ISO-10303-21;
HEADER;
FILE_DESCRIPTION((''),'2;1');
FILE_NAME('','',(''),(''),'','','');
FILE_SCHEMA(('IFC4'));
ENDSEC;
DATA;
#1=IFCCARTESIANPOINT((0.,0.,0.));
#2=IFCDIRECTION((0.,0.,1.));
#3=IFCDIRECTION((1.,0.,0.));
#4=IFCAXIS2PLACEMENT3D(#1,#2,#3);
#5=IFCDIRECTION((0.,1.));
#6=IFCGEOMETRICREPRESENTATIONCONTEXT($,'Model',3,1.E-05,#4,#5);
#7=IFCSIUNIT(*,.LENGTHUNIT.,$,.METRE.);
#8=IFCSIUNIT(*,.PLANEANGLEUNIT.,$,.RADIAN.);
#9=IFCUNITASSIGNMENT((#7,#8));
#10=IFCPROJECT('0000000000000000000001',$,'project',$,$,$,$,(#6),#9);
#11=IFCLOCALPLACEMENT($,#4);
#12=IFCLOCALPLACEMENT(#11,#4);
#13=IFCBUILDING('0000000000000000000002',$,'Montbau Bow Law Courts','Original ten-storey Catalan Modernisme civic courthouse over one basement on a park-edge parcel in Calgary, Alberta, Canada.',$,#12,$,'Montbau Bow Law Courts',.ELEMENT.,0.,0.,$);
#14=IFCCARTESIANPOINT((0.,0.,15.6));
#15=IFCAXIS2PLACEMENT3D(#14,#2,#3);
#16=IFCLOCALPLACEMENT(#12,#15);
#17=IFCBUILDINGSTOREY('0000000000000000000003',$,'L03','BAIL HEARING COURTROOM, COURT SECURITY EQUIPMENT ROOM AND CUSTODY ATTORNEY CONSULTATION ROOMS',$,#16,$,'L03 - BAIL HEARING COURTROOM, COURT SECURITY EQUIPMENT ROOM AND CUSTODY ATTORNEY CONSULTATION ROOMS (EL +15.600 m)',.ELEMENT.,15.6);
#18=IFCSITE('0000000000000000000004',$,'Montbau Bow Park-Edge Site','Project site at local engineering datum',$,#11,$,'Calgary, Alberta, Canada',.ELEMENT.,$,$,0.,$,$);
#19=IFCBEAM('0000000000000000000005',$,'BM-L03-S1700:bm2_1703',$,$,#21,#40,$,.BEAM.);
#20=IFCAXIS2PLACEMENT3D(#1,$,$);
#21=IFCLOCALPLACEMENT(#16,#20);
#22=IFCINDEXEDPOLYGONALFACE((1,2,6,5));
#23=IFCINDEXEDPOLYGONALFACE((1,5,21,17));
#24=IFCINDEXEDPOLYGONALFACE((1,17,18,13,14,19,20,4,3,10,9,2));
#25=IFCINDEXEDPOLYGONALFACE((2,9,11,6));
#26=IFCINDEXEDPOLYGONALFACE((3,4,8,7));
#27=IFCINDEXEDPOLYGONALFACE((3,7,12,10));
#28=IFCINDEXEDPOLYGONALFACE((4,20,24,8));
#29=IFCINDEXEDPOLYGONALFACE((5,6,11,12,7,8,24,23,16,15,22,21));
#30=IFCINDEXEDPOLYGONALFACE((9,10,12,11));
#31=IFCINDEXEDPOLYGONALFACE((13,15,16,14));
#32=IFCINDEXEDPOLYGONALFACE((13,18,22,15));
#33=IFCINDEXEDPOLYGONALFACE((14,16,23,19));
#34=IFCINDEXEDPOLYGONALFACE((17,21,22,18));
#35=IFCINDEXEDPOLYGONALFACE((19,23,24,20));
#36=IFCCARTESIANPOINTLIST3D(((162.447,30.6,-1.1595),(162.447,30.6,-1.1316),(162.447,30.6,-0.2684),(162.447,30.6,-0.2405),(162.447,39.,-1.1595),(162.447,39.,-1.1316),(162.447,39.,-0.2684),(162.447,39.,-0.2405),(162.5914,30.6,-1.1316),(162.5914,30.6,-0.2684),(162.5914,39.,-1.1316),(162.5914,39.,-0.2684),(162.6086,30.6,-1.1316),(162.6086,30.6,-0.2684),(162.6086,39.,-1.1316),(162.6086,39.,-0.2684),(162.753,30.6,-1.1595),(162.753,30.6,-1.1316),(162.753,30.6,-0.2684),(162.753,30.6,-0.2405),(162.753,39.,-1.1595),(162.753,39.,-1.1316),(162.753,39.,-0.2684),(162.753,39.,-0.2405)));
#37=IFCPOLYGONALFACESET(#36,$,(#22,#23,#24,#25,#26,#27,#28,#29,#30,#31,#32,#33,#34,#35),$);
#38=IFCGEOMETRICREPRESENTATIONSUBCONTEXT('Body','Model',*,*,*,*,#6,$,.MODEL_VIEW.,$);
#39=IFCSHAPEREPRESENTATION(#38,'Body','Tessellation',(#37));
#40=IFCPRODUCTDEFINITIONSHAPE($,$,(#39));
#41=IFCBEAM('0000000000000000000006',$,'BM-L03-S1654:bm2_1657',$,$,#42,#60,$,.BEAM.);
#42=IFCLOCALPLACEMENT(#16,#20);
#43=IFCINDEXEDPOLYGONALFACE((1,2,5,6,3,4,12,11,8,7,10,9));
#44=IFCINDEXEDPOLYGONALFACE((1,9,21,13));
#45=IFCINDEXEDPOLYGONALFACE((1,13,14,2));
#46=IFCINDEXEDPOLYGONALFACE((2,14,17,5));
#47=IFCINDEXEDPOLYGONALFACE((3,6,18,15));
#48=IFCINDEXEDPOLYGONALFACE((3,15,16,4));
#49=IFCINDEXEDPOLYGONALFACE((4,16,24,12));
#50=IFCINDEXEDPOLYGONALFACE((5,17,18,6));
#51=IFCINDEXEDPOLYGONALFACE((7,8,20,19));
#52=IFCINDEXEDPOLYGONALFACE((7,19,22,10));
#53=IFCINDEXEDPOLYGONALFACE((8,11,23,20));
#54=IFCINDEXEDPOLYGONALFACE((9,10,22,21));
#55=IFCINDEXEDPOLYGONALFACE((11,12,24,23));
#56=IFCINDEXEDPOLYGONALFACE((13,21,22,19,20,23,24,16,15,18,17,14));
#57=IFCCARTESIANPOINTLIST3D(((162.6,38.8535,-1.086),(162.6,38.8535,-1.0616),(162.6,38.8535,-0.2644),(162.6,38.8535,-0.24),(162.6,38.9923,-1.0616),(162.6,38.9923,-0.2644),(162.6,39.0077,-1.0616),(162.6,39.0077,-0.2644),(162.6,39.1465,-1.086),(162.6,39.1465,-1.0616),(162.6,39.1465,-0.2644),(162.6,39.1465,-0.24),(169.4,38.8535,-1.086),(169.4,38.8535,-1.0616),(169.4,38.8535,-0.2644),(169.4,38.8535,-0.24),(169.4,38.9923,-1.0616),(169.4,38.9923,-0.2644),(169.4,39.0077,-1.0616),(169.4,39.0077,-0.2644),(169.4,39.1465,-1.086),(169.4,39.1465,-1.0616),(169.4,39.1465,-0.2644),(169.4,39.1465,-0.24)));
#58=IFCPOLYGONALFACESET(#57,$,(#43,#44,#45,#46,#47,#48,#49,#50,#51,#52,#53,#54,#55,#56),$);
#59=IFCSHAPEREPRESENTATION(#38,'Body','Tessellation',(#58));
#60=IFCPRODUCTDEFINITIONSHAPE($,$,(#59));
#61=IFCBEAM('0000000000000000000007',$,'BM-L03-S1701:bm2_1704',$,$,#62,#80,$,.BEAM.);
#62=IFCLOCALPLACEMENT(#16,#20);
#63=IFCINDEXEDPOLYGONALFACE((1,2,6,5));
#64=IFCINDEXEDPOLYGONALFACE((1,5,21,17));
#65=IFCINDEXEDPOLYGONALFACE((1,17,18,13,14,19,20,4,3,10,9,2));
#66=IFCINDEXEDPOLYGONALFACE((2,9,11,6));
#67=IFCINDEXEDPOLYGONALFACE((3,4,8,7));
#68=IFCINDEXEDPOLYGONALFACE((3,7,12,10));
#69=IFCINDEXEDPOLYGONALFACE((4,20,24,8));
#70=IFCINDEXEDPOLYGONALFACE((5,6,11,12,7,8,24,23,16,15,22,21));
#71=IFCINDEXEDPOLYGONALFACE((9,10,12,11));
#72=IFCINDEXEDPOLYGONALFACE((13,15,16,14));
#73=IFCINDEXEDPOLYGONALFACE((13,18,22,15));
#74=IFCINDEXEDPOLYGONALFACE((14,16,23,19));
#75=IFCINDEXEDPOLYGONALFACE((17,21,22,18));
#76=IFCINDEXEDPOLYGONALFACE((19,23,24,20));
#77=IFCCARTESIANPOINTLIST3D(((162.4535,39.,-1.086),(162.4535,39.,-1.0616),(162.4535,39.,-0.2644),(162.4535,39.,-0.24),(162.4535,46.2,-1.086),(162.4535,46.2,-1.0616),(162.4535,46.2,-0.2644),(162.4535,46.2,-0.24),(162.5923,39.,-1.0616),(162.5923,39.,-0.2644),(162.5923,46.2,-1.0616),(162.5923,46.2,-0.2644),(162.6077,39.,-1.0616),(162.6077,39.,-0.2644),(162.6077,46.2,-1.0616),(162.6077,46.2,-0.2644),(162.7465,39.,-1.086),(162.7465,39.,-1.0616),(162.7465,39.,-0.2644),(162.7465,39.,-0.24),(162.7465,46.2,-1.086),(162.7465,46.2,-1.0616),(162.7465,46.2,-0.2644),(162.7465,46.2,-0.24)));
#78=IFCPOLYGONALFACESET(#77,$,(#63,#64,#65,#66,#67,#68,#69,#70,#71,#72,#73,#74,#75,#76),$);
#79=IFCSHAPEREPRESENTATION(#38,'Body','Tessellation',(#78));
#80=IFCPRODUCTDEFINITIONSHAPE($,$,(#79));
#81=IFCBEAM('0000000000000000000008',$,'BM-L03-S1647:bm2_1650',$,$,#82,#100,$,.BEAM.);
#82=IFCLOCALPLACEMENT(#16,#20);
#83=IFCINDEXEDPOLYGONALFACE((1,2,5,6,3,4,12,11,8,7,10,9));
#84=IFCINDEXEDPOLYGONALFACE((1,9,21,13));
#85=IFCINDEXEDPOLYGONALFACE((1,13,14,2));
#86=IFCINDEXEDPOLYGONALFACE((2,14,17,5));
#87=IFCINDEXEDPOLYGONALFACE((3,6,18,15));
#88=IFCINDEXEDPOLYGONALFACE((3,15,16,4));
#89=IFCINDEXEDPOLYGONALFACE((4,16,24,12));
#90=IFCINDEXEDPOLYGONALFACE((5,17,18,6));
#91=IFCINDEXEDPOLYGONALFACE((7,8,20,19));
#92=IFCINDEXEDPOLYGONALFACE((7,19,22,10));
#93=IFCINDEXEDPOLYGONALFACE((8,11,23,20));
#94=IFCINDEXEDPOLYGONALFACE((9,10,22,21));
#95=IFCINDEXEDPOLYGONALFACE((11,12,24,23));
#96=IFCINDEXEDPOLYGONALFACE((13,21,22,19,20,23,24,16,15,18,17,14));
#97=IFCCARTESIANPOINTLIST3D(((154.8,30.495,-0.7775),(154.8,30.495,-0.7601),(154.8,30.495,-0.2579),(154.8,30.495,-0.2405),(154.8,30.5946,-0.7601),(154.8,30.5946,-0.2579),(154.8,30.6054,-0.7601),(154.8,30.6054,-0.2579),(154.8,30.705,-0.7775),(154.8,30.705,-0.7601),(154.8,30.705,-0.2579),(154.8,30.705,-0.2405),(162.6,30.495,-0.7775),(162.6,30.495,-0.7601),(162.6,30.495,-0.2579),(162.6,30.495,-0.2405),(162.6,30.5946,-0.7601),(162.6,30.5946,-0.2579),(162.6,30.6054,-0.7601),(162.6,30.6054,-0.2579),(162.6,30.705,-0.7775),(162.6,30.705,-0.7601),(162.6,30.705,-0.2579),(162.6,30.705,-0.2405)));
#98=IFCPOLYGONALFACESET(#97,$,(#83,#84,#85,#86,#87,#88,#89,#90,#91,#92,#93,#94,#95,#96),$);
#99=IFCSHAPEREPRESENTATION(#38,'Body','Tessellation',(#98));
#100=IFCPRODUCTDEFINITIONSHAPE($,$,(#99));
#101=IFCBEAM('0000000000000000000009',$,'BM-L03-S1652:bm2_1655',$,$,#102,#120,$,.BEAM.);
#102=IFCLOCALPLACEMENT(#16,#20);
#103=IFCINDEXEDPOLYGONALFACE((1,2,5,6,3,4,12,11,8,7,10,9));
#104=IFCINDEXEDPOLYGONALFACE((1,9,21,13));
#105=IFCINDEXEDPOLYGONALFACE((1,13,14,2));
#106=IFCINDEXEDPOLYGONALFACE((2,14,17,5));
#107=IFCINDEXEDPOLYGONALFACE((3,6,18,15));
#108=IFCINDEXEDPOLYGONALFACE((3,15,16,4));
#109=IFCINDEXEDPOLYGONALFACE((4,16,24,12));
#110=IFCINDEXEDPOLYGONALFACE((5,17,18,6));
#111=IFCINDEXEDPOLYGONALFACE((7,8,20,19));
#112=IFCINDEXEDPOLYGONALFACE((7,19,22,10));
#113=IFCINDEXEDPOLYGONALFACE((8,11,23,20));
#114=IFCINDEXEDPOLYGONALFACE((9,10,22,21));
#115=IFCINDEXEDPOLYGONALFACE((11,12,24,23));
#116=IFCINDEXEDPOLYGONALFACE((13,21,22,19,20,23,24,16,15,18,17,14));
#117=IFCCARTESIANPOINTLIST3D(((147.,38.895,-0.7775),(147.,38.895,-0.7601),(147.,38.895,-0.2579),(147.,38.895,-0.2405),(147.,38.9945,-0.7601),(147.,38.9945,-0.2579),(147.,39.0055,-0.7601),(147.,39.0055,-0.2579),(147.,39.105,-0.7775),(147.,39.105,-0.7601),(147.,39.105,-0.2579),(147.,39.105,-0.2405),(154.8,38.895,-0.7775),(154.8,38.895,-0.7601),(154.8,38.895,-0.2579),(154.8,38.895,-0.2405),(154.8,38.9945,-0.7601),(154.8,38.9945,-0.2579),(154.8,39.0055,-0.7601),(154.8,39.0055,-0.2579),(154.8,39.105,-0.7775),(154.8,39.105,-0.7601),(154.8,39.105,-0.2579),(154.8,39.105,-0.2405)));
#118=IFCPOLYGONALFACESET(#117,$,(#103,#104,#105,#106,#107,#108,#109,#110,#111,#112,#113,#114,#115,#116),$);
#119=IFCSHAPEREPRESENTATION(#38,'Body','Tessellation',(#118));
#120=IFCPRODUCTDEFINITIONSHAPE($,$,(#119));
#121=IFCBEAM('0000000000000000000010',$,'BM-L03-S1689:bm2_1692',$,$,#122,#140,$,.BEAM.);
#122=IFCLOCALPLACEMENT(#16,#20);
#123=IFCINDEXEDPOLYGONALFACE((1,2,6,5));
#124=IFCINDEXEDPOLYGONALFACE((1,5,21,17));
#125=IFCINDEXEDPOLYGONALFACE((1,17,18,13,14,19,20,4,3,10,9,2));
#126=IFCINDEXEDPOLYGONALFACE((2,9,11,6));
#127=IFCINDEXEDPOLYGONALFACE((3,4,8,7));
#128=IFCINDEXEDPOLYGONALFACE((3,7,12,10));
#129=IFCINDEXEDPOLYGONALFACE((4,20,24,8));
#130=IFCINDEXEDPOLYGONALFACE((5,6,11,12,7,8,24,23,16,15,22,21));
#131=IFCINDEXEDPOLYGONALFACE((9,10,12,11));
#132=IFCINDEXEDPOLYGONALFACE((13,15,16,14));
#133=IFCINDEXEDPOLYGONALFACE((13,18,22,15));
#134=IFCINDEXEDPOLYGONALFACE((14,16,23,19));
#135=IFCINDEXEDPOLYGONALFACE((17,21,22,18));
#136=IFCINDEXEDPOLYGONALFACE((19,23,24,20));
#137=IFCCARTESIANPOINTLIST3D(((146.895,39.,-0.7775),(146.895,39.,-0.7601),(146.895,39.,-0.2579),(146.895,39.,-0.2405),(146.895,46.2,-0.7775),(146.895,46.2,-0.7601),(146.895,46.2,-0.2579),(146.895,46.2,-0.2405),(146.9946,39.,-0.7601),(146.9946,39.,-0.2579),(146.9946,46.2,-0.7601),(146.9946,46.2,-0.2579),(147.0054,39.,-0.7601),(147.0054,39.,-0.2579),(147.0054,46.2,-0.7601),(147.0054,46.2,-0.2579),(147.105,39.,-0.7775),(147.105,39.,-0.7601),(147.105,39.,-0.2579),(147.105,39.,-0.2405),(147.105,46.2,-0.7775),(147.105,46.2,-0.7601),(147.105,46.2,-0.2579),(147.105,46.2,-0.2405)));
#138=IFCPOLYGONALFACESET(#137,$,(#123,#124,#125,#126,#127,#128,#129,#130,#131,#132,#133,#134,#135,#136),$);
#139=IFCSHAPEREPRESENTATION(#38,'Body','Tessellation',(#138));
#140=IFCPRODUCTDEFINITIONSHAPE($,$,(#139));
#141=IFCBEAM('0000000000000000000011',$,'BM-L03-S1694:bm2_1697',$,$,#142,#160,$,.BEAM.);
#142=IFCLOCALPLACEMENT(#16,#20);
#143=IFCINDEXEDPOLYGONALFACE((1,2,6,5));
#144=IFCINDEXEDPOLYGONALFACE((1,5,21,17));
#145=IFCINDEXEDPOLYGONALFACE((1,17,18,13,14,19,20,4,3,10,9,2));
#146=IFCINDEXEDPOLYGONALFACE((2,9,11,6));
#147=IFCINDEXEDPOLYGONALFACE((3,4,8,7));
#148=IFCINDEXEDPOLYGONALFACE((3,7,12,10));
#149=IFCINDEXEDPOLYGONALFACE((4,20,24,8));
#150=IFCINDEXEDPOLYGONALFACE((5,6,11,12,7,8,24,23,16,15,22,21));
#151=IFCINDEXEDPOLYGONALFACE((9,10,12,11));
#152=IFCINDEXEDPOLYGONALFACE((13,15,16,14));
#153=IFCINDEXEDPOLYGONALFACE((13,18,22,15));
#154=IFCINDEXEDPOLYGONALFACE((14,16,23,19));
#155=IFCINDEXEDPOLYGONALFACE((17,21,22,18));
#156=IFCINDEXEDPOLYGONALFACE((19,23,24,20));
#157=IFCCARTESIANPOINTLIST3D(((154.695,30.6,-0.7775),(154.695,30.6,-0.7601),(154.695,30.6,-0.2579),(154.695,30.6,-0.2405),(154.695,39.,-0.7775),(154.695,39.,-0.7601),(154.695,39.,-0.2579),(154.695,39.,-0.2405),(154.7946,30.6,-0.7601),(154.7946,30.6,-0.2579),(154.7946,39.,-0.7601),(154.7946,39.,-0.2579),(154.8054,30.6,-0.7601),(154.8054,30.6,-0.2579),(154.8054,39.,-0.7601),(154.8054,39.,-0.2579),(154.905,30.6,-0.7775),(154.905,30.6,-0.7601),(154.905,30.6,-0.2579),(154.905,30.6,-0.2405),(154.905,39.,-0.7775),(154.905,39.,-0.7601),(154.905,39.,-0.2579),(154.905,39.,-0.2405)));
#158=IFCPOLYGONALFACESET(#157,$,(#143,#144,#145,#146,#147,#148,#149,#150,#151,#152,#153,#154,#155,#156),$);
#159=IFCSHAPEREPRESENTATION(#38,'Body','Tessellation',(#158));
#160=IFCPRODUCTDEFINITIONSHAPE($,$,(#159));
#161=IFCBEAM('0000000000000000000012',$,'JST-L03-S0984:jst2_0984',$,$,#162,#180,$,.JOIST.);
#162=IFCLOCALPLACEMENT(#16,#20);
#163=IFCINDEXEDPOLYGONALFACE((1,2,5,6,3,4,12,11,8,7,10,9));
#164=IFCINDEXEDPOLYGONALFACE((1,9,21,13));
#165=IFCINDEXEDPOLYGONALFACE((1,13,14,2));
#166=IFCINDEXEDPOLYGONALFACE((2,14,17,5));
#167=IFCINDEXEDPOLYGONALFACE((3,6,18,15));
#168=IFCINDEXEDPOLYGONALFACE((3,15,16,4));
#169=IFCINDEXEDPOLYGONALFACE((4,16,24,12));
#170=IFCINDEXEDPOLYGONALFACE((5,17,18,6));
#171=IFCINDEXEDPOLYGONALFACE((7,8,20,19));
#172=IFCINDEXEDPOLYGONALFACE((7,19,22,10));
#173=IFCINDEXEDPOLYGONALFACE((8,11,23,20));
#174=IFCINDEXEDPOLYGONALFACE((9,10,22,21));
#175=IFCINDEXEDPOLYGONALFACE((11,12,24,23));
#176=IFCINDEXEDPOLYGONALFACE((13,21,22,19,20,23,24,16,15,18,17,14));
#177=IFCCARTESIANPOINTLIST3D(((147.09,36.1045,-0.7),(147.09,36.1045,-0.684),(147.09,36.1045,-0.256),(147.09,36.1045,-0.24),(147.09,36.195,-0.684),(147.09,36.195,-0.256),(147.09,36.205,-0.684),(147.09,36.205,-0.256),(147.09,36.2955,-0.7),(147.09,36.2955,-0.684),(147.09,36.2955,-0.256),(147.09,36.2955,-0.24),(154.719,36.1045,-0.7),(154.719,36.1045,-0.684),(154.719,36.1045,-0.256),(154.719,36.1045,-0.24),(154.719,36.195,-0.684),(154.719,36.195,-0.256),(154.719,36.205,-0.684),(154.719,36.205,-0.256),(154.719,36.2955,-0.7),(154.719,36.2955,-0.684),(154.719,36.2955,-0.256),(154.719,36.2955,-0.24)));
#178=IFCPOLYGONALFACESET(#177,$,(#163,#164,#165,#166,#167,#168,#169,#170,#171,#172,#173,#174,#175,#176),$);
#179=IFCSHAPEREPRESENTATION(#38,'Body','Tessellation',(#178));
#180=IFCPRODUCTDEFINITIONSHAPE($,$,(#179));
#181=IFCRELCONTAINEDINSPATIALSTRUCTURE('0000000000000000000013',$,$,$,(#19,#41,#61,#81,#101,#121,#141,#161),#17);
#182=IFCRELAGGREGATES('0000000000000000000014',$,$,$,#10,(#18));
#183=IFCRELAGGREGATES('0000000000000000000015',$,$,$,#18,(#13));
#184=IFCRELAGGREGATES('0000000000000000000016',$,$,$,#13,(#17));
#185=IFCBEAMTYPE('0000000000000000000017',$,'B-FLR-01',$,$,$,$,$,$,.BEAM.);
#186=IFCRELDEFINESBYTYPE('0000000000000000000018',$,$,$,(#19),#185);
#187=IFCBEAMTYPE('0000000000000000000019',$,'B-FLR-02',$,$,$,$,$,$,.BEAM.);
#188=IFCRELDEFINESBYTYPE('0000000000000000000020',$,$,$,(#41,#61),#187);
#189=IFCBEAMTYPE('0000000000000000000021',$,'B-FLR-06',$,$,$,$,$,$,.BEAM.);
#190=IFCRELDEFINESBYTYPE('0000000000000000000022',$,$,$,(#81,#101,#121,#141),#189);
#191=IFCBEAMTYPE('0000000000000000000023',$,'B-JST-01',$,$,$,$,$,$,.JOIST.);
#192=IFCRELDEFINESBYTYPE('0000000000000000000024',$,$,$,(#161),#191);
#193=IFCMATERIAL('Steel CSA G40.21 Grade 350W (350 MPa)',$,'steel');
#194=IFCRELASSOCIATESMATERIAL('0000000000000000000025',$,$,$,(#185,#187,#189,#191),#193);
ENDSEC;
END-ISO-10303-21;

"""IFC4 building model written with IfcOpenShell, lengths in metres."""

from ifc_helpers import new_model, si_unit, direction, frame, origin_with_axes, origin_2d_with_axis, place, context, subcontext, project, spatial, i_section, extrude, material, material_profile, profile_set, type_object, element, save


model = new_model("IFC4")

# Units and contexts
model_context = context("Model", 3, precision=1e-05, world=origin_with_axes(), true_north=direction((0.0, 1.0)))
body_context = subcontext(model_context, "Body", "Model", "MODEL_VIEW")
ifc_project = project(units=[si_unit("LENGTHUNIT", "METRE"), si_unit("PLANEANGLEUNIT", "RADIAN")], contexts=[model_context])

# Site, building, storey
site_placement = place(None, origin_with_axes())
site = spatial("IfcSite", under=ifc_project, at=site_placement, Name="Montbau Bow Park-Edge Site", Description="Project site at local engineering datum", LongName="Calgary, Alberta, Canada", CompositionType="ELEMENT", RefElevation=0.0)
building_placement = place(site_placement, origin_with_axes())
building = spatial("IfcBuilding", under=site, at=building_placement, Name="Montbau Bow Law Courts", Description="Original ten-storey Catalan Modernisme civic courthouse over one basement on a park-edge parcel in Calgary, Alberta, Canada.", LongName="Montbau Bow Law Courts", CompositionType="ELEMENT", ElevationOfRefHeight=0.0, ElevationOfTerrain=0.0)
storey_placement = place(building_placement, frame((0.0, 0.0, 15.6), z_axis=(0.0, 0.0, 1.0), x_axis=(1.0, 0.0, 0.0)))
storey = spatial("IfcBuildingStorey", under=building, at=storey_placement, Name="L03", Description="BAIL HEARING COURTROOM, COURT SECURITY EQUIPMENT ROOM AND CUSTODY ATTORNEY CONSULTATION ROOMS", LongName="L03 - BAIL HEARING COURTROOM, COURT SECURITY EQUIPMENT ROOM AND CUSTODY ATTORNEY CONSULTATION ROOMS (EL +15.600 m)", CompositionType="ELEMENT", Elevation=15.6)

# Shared definitions
ifc_material_1 = material(Name="Steel CSA G40.21 Grade 350W (350 MPa)", Category="steel")

# Beams
ifc_material_profile_1 = material_profile(ifc_material_1, i_section(OverallWidth=0.306, OverallDepth=0.919, WebThickness=0.0173, FlangeThickness=0.0279, at=origin_2d_with_axis()), Name="W920X253", Category="Main", Priority=0)
ifc_profile_set_1 = profile_set([ifc_material_profile_1], Name="Steel CSA G40.21 Grade 350W (350 MPa)")
beam_type_1 = type_object("IfcBeamType", Name="B-FLR-01", PredefinedType="BEAM", material=ifc_profile_set_1)
beam_1_placement = place(None, frame((162.6, 30.6, 14.9), z_axis=(0.0, 1.0, 0.0), x_axis=(-1.0, 0.0, 0.0)))
element("IfcBeam", 1, at=beam_1_placement, inside=storey, type_object=beam_type_1, Name="BM-L03-S1700:bm2_1703", PredefinedType="BEAM", context=body_context, shape_type="SweptSolid", body=[
    extrude(i_section(OverallWidth=0.306, OverallDepth=0.919, WebThickness=0.0173, FlangeThickness=0.0279, at=origin_2d_with_axis()), origin_with_axes(), (0.0, 0.0, 1.0), 8.4),
])
ifc_material_profile_2 = material_profile(ifc_material_1, i_section(OverallWidth=0.293, OverallDepth=0.846, WebThickness=0.0154, FlangeThickness=0.0244, at=origin_2d_with_axis()), Name="W840X210", Category="Main", Priority=0)
ifc_profile_set_2 = profile_set([ifc_material_profile_2], Name="Steel CSA G40.21 Grade 350W (350 MPa)")
beam_type_2 = type_object("IfcBeamType", Name="B-FLR-02", PredefinedType="BEAM", material=ifc_profile_set_2)
beam_2_placement = place(None, frame((162.6, 39.0, 14.937), z_axis=(1.0, 0.0, 0.0), x_axis=(0.0, 1.0, 0.0)))
element("IfcBeam", 2, at=beam_2_placement, inside=storey, type_object=beam_type_2, Name="BM-L03-S1654:bm2_1657", PredefinedType="BEAM", context=body_context, shape_type="SweptSolid", body=[
    extrude(i_section(OverallWidth=0.293, OverallDepth=0.846, WebThickness=0.0154, FlangeThickness=0.0244, at=origin_2d_with_axis()), origin_with_axes(), (0.0, 0.0, 1.0), 6.8),
])
beam_3_placement = place(None, frame((162.6, 39.0, 14.937), z_axis=(0.0, 1.0, 0.0), x_axis=(-1.0, 0.0, 0.0)))
element("IfcBeam", 3, at=beam_3_placement, inside=storey, type_object=beam_type_2, Name="BM-L03-S1701:bm2_1704", PredefinedType="BEAM", context=body_context, shape_type="SweptSolid", body=[
    extrude(i_section(OverallWidth=0.293, OverallDepth=0.846, WebThickness=0.0154, FlangeThickness=0.0244, at=origin_2d_with_axis()), origin_with_axes(), (0.0, 0.0, 1.0), 7.2),
])
ifc_material_profile_3 = material_profile(ifc_material_1, i_section(OverallWidth=0.21, OverallDepth=0.537, WebThickness=0.0109, FlangeThickness=0.0174, at=origin_2d_with_axis()), Name="W530X101", Category="Main", Priority=0)
ifc_profile_set_3 = profile_set([ifc_material_profile_3], Name="Steel CSA G40.21 Grade 350W (350 MPa)")
beam_type_3 = type_object("IfcBeamType", Name="B-FLR-06", PredefinedType="BEAM", material=ifc_profile_set_3)
for number, where, z_axis, x_axis, name in (
    (4, (154.8, 30.6, 15.091), (1.0, 0.0, 0.0), (0.0, 1.0, 0.0), "BM-L03-S1647:bm2_1650"),
    (5, (147.0, 39.0, 15.091), (1.0, 0.0, 0.0), (0.0, 1.0, 0.0), "BM-L03-S1652:bm2_1655"),
):
    element("IfcBeam", number, at=place(None, frame(where, z_axis=z_axis, x_axis=x_axis)), inside=storey, type_object=beam_type_3, Name=name, PredefinedType="BEAM", context=body_context, shape_type="SweptSolid", body=[
        extrude(i_section(OverallWidth=0.21, OverallDepth=0.537, WebThickness=0.0109, FlangeThickness=0.0174, at=origin_2d_with_axis()), origin_with_axes(), (0.0, 0.0, 1.0), 7.8),
    ])
beam_4_placement = place(None, frame((147.0, 39.0, 15.091), z_axis=(0.0, 1.0, 0.0), x_axis=(-1.0, 0.0, 0.0)))
element("IfcBeam", 6, at=beam_4_placement, inside=storey, type_object=beam_type_3, Name="BM-L03-S1689:bm2_1692", PredefinedType="BEAM", context=body_context, shape_type="SweptSolid", body=[
    extrude(i_section(OverallWidth=0.21, OverallDepth=0.537, WebThickness=0.0109, FlangeThickness=0.0174, at=origin_2d_with_axis()), origin_with_axes(), (0.0, 0.0, 1.0), 7.2),
])
beam_5_placement = place(None, frame((154.8, 30.6, 15.091), z_axis=(0.0, 1.0, 0.0), x_axis=(-1.0, 0.0, 0.0)))
element("IfcBeam", 7, at=beam_5_placement, inside=storey, type_object=beam_type_3, Name="BM-L03-S1694:bm2_1697", PredefinedType="BEAM", context=body_context, shape_type="SweptSolid", body=[
    extrude(i_section(OverallWidth=0.21, OverallDepth=0.537, WebThickness=0.0109, FlangeThickness=0.0174, at=origin_2d_with_axis()), origin_with_axes(), (0.0, 0.0, 1.0), 8.4),
])
ifc_material_profile_4 = material_profile(ifc_material_1, i_section(OverallWidth=0.191, OverallDepth=0.46, WebThickness=0.0099, FlangeThickness=0.016, at=origin_2d_with_axis()), Name="W460X82", Category="Main", Priority=0)
ifc_profile_set_4 = profile_set([ifc_material_profile_4], Name="Steel CSA G40.21 Grade 350W (350 MPa)")
beam_type_4 = type_object("IfcBeamType", Name="B-JST-01", PredefinedType="JOIST", material=ifc_profile_set_4)
beam_6_placement = place(None, frame((147.09, 36.2, 15.13), z_axis=(1.0, 0.0, 0.0), x_axis=(0.0, 1.0, 0.0)))
element("IfcBeam", 8, at=beam_6_placement, inside=storey, type_object=beam_type_4, Name="JST-L03-S0984:jst2_0984", PredefinedType="JOIST", context=body_context, shape_type="SweptSolid", body=[
    extrude(i_section(OverallWidth=0.191, OverallDepth=0.46, WebThickness=0.0099, FlangeThickness=0.016, at=origin_2d_with_axis()), origin_with_axes(), (0.0, 0.0, 1.0), 7.629),
])

save(model, "model.ifc")
